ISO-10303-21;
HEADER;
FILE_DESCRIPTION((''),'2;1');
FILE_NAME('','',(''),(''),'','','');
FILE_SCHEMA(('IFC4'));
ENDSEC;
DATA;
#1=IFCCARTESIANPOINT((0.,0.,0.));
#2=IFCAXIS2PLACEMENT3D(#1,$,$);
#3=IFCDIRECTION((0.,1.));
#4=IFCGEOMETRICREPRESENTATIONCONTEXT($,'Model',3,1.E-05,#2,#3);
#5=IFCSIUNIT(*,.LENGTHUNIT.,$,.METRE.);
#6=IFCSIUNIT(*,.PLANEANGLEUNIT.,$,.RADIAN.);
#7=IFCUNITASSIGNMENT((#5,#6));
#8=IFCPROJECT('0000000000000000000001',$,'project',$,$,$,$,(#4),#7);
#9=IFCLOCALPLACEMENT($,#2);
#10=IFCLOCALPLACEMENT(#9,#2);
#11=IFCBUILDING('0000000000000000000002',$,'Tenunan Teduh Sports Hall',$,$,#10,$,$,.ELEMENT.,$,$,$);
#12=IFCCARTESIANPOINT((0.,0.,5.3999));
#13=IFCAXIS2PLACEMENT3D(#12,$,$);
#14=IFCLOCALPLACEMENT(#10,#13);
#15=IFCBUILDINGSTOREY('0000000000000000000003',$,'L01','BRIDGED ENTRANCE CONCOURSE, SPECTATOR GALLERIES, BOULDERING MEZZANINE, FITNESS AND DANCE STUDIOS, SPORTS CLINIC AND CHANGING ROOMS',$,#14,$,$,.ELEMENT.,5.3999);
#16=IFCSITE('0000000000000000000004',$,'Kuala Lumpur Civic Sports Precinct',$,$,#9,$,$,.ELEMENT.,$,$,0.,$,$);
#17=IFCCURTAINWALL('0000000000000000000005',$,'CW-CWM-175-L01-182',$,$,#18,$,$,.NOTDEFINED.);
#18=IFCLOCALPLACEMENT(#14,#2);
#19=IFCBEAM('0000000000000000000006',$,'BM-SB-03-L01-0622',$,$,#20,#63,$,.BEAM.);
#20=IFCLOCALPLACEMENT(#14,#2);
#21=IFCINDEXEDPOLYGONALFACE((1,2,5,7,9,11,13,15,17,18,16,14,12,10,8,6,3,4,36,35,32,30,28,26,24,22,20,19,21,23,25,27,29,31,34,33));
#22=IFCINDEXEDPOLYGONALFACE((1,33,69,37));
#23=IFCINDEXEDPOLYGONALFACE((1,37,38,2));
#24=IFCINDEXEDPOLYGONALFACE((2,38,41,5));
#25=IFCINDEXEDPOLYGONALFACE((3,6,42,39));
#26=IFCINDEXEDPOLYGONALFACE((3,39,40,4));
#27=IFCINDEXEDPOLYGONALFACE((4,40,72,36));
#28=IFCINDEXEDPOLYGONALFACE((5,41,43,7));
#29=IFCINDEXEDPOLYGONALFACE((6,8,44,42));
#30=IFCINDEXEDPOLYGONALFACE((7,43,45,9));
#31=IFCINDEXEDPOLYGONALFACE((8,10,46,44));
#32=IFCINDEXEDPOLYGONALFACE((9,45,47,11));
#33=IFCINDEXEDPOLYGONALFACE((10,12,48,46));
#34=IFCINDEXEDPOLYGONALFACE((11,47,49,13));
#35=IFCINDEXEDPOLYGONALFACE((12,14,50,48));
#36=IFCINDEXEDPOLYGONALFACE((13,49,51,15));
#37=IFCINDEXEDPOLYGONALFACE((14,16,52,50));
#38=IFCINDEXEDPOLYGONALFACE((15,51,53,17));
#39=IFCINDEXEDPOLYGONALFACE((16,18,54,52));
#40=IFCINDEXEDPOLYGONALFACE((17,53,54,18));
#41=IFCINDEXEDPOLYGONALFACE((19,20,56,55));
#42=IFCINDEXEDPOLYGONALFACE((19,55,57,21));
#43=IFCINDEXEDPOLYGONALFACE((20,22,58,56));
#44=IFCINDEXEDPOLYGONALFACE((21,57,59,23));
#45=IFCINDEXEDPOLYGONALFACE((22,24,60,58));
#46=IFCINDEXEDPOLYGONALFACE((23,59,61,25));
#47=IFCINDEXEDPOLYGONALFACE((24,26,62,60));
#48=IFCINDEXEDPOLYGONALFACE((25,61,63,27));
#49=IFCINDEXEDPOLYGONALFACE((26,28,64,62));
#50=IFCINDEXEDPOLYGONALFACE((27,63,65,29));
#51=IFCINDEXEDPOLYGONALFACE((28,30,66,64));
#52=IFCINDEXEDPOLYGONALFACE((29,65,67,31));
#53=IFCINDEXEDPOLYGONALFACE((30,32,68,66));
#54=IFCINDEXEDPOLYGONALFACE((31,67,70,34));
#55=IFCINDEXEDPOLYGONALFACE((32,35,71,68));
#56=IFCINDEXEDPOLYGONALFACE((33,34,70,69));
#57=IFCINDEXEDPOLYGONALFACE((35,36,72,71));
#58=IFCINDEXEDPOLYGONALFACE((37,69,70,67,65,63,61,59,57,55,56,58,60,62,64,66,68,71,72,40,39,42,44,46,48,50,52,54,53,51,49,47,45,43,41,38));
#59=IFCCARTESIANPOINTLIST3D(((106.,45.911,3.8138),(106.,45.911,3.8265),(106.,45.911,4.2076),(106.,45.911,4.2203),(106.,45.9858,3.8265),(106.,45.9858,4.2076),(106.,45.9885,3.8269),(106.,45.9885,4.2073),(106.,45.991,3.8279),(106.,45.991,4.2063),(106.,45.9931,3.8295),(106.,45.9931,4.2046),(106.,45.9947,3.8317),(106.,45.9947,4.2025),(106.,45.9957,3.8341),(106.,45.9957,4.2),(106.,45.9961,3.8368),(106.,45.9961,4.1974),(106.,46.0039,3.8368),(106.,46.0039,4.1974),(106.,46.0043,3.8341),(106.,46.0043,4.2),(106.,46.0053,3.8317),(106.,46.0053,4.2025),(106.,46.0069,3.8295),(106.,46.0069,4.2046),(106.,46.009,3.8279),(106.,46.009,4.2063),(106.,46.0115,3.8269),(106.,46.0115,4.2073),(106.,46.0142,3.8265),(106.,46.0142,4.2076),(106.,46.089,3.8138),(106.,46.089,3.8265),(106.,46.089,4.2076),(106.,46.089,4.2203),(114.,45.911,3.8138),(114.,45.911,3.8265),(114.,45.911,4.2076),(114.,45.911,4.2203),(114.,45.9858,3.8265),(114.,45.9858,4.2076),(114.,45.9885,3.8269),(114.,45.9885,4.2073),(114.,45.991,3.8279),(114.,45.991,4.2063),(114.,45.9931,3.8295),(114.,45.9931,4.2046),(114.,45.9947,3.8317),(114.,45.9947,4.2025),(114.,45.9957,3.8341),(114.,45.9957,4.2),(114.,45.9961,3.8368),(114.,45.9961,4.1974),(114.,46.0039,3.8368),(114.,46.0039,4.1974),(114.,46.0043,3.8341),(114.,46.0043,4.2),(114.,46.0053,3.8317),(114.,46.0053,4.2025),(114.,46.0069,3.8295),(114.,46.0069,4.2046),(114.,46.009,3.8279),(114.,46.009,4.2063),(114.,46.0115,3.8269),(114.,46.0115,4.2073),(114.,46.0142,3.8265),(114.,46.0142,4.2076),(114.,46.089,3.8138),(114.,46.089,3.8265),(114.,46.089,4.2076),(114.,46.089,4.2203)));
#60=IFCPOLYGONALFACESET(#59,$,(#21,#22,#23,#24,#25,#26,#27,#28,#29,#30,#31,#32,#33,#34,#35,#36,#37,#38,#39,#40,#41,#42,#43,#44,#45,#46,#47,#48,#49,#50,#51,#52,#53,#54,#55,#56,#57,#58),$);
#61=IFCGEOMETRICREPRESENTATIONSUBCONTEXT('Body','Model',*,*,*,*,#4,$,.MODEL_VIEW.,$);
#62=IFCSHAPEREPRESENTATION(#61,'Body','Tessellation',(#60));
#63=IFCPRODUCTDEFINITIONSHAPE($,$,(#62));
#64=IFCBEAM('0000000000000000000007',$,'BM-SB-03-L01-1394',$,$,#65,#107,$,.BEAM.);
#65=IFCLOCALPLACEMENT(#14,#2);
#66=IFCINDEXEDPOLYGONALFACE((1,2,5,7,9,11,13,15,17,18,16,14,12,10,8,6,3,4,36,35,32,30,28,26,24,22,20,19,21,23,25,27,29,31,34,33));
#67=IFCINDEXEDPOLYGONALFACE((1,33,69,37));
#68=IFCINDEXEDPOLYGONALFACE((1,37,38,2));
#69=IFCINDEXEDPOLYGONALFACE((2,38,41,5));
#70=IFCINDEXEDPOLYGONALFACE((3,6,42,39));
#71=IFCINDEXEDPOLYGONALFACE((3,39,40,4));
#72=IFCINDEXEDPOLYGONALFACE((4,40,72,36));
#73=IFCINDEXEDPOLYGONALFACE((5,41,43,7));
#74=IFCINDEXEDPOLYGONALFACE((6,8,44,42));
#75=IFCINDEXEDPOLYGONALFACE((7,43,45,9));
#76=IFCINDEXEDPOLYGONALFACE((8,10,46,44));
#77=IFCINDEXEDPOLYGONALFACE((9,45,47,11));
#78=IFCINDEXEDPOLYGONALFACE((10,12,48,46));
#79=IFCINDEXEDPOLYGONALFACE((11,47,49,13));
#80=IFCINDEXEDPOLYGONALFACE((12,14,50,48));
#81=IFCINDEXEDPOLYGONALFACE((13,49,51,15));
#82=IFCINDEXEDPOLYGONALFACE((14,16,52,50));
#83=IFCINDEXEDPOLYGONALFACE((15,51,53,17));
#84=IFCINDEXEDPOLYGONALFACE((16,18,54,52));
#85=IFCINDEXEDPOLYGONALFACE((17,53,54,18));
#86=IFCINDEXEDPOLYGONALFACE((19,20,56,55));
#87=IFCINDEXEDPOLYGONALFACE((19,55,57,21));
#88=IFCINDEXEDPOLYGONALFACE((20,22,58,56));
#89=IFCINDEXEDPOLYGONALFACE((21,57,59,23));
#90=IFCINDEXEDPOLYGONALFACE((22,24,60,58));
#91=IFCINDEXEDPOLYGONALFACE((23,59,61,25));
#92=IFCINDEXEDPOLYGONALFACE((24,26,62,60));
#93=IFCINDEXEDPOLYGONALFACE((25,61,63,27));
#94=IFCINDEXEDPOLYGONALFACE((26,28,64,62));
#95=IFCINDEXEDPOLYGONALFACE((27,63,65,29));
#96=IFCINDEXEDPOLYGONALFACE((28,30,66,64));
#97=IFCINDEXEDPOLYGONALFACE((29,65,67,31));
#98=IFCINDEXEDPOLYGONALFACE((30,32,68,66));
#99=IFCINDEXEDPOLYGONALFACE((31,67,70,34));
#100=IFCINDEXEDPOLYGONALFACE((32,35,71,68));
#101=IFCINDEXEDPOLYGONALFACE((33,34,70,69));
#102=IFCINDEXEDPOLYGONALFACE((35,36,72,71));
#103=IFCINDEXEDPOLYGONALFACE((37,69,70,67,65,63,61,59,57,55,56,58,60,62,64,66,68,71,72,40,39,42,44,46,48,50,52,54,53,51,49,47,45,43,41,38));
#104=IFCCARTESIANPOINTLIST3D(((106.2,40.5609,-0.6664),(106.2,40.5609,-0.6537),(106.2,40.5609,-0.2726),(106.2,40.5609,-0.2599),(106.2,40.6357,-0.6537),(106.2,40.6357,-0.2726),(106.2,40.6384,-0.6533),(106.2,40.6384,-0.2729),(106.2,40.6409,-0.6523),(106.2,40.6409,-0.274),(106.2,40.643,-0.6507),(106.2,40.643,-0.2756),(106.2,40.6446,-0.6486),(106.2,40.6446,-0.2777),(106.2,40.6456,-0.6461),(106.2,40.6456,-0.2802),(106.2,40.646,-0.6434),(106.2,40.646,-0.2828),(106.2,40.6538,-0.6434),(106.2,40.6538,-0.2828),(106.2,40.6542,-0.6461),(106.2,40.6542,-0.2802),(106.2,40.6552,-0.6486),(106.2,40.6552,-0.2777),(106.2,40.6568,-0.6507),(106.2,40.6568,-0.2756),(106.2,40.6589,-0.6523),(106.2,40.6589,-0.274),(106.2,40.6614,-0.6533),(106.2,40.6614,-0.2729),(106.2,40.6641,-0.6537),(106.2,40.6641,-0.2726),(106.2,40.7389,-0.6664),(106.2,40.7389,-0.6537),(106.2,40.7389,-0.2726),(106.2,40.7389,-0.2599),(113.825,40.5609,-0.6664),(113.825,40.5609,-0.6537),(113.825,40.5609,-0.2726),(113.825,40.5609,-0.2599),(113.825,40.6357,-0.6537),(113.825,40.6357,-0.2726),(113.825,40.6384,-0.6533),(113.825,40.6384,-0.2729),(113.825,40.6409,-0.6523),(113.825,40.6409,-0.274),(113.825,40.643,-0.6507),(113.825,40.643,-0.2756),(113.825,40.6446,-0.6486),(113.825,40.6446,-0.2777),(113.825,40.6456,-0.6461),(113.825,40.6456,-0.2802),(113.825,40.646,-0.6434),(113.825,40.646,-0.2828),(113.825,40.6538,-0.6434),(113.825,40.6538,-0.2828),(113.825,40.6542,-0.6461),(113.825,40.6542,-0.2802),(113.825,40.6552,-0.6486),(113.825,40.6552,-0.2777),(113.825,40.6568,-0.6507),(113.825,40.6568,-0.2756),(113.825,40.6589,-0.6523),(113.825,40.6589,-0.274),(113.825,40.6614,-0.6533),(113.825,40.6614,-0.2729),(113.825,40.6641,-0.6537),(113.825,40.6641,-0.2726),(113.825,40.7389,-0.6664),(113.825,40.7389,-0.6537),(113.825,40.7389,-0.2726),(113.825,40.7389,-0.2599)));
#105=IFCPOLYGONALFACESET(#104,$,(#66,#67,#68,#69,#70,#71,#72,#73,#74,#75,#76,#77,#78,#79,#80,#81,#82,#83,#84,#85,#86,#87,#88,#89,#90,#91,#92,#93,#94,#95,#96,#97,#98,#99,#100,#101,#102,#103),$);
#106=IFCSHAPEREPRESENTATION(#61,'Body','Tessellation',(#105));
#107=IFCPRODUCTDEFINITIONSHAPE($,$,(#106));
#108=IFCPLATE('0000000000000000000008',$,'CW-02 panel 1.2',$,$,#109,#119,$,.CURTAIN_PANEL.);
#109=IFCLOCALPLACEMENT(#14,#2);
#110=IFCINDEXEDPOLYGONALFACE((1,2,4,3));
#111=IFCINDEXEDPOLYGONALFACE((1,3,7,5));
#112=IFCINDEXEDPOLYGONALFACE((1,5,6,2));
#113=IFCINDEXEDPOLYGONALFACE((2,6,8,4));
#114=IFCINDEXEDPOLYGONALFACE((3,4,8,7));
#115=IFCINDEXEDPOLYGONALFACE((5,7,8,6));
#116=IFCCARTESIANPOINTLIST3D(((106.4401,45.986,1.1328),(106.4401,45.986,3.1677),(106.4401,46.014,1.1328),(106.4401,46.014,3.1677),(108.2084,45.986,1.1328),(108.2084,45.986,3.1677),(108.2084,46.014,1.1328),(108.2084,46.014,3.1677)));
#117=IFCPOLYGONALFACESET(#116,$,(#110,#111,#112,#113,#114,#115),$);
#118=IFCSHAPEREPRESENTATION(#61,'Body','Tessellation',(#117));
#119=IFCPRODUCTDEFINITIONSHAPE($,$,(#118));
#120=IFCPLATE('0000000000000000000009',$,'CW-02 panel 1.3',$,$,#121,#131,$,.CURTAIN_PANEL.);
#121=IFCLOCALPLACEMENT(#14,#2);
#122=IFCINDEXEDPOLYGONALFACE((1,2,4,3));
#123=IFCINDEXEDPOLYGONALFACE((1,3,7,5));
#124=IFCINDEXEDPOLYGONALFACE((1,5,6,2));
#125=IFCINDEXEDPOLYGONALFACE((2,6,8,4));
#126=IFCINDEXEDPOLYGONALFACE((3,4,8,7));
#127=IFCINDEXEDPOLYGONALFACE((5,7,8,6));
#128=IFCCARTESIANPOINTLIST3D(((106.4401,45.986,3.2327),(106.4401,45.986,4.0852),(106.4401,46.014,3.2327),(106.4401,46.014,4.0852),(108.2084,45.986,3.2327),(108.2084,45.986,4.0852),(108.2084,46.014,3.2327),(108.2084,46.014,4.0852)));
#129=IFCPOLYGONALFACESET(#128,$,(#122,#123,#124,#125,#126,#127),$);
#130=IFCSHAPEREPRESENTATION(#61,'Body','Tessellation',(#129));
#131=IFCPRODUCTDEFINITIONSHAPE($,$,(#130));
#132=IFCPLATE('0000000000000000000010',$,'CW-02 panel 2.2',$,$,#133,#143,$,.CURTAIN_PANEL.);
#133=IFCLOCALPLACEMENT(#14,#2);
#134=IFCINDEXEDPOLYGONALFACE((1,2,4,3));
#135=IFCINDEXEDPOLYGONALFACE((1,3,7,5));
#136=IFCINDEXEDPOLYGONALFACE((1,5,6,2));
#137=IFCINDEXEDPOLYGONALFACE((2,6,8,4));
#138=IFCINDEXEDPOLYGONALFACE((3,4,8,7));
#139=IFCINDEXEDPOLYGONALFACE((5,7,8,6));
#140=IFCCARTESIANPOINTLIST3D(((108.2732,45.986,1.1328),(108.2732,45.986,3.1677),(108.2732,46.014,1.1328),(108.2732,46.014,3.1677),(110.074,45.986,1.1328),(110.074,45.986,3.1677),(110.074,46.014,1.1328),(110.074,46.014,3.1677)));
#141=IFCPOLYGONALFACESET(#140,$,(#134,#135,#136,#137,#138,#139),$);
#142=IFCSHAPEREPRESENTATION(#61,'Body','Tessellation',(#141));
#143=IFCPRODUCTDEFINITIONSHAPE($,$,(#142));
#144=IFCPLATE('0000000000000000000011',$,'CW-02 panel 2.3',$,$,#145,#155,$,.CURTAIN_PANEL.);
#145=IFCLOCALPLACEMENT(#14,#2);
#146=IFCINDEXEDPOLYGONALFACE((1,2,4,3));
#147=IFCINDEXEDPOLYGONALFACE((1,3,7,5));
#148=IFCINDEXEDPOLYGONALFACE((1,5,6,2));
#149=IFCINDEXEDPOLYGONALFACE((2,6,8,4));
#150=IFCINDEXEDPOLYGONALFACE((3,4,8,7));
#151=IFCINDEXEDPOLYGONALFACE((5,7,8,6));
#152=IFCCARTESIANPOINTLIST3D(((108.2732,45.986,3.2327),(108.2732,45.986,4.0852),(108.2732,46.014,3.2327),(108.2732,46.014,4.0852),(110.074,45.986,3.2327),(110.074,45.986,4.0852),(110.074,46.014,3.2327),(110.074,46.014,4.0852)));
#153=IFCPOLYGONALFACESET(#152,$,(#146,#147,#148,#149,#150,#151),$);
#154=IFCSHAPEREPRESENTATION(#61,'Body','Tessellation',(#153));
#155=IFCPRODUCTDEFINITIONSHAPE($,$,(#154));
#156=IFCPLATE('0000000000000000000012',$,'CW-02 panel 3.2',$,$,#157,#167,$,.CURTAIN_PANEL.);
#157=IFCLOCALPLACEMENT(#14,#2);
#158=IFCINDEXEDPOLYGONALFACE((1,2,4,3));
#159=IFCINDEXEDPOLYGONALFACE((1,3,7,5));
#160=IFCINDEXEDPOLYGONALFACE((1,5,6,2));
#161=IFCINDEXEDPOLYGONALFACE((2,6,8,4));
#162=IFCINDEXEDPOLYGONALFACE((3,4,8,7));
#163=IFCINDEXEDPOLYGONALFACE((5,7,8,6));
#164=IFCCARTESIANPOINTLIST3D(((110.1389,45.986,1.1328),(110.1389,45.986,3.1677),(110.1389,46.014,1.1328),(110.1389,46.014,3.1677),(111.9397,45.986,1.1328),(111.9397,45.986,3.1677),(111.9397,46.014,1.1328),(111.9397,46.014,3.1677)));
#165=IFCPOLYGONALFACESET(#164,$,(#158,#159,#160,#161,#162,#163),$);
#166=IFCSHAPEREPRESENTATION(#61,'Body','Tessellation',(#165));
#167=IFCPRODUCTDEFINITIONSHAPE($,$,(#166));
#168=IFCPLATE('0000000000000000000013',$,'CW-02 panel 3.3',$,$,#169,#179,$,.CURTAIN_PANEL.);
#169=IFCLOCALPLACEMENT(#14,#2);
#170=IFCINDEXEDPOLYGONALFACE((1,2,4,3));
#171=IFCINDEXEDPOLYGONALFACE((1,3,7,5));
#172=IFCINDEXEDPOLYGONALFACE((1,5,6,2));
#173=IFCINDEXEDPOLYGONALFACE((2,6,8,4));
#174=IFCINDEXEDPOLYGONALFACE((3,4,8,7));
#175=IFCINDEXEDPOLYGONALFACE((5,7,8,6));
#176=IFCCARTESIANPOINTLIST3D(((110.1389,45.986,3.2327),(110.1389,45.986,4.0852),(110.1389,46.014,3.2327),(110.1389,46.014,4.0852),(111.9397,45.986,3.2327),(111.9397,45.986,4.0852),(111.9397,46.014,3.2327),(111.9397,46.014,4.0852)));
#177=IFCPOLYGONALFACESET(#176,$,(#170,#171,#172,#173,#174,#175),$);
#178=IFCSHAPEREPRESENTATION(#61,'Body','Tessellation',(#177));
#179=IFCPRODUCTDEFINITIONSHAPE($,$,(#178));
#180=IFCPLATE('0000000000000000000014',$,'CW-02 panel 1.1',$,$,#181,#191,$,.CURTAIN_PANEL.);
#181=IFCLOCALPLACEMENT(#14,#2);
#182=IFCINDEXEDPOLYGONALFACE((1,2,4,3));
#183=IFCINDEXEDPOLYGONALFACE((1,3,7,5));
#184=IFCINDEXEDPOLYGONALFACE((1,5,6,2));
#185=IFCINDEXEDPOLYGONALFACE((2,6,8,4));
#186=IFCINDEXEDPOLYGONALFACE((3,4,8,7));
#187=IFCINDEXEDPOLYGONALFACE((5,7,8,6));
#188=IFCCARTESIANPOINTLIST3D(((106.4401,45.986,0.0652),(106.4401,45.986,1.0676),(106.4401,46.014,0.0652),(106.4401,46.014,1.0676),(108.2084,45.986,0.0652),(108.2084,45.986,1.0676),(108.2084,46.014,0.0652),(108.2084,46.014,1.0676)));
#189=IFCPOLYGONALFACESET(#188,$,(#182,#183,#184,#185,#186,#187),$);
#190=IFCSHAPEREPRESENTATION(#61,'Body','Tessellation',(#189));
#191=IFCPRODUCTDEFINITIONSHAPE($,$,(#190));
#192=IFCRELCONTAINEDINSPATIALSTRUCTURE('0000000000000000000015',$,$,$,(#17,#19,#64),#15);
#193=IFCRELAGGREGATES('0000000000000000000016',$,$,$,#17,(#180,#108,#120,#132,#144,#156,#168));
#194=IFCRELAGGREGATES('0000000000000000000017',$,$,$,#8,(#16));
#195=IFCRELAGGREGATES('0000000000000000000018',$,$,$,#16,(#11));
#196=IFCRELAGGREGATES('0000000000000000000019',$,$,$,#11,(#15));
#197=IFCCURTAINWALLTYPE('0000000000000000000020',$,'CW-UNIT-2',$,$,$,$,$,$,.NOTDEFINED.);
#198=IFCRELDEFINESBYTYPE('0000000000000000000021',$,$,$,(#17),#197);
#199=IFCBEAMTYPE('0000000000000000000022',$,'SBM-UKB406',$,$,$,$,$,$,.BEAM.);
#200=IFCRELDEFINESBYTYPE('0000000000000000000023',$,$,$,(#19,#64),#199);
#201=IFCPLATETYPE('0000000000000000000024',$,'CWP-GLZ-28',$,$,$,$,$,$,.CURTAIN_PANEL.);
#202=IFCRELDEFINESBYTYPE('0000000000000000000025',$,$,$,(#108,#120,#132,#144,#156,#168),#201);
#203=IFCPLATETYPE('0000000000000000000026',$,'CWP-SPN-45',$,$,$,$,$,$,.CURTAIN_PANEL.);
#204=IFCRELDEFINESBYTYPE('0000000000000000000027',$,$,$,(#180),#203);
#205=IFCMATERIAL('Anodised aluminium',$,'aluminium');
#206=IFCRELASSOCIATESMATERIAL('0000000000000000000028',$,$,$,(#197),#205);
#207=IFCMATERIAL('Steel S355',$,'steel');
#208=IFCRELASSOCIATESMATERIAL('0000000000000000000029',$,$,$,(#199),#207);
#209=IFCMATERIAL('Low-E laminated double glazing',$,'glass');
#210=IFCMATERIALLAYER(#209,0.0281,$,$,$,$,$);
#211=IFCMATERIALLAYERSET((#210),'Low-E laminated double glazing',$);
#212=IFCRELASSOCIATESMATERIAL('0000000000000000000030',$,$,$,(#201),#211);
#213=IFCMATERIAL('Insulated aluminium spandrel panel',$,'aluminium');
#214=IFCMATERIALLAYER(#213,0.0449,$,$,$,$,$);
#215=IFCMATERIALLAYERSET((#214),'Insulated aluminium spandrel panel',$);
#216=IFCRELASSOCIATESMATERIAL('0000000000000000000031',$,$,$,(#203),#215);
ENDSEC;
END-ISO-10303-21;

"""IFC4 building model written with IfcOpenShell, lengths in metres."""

from ifc_helpers import new_model, si_unit, direction, frame, origin, origin_2d, place, context, subcontext, project, spatial, rectangle, i_section, extrude, material, layer, layer_set, material_profile, profile_set, type_object, element, aggregate, save


model = new_model("IFC4")

# Units and contexts
model_context = context("Model", 3, precision=1e-05, world=origin(), true_north=direction((0.0, 1.0)))
body_context = subcontext(model_context, "Body", "Model", "MODEL_VIEW")
ifc_project = project(units=[si_unit("LENGTHUNIT", "METRE"), si_unit("PLANEANGLEUNIT", "RADIAN")], contexts=[model_context])

# Site, building, storey
site_placement = place(None, origin())
site = spatial("IfcSite", under=ifc_project, at=site_placement, Name="Kuala Lumpur Civic Sports Precinct", CompositionType="ELEMENT", RefElevation=0.0)
building_placement = place(site_placement, origin())
building = spatial("IfcBuilding", under=site, at=building_placement, Name="Tenunan Teduh Sports Hall", CompositionType="ELEMENT")
storey_placement = place(building_placement, frame((0.0, 0.0, 5.3999)))
storey = spatial("IfcBuildingStorey", under=building, at=storey_placement, Name="L01", Description="BRIDGED ENTRANCE CONCOURSE, SPECTATOR GALLERIES, BOULDERING MEZZANINE, FITNESS AND DANCE STUDIOS, SPORTS CLINIC AND CHANGING ROOMS", CompositionType="ELEMENT", Elevation=5.3999)

# Curtain wall
ifc_material_1 = material(Name="Anodised aluminium", Category="aluminium")
curtain_wall_type = type_object("IfcCurtainWallType", Name="CW-UNIT-2", PredefinedType="NOTDEFINED", material=ifc_material_1)
curtain_wall_placement = place(storey_placement, origin())
curtain_wall = element("IfcCurtainWall", 1, at=curtain_wall_placement, inside=storey, type_object=curtain_wall_type, Name="CW-CWM-175-L01-182", PredefinedType="NOTDEFINED")

# Beams
ifc_material_2 = material(Name="Steel S355", Category="steel")
ifc_material_profile_1 = material_profile(ifc_material_2, i_section(OverallWidth=0.178, OverallDepth=0.4065, WebThickness=0.0078, FlangeThickness=0.0127, FilletRadius=0.0103, at=origin_2d()), Name="UKB 406x178x60")
ifc_profile_set_1 = profile_set([ifc_material_profile_1], Name="Steel S355")
beam_type_1 = type_object("IfcBeamType", Name="SBM-UKB406", PredefinedType="BEAM", material=ifc_profile_set_1)
beam_1_placement = place(storey_placement, frame((106.0, 46.0, 4.0171), z_axis=(1.0, 0.0, 0.0), x_axis=(0.0, 1.0, 0.0)))
element("IfcBeam", 2, at=beam_1_placement, inside=storey, type_object=beam_type_1, Name="BM-SB-03-L01-0622", PredefinedType="BEAM", context=body_context, shape_type="SweptSolid", body=[
    extrude(i_section(OverallWidth=0.178, OverallDepth=0.4065, WebThickness=0.0078, FlangeThickness=0.0127, FilletRadius=0.0103, at=origin_2d()), origin(), (0.0, 0.0, 1.0), 8.0),
])
beam_2_placement = place(storey_placement, frame((106.2, 40.6499, -0.4631), z_axis=(1.0, 0.0, 0.0), x_axis=(0.0, 1.0, 0.0)))
element("IfcBeam", 3, at=beam_2_placement, inside=storey, type_object=beam_type_1, Name="BM-SB-03-L01-1394", PredefinedType="BEAM", context=body_context, shape_type="SweptSolid", body=[
    extrude(i_section(OverallWidth=0.178, OverallDepth=0.4065, WebThickness=0.0078, FlangeThickness=0.0127, FilletRadius=0.0103, at=origin_2d()), origin(), (0.0, 0.0, 1.0), 7.625),
])

# Plates
ifc_material_3 = material(Name="Low-E laminated double glazing", Category="glass")
ifc_layer_1 = layer(ifc_material_3, 0.0281)
ifc_layer_set_1 = layer_set([ifc_layer_1], Name="Low-E laminated double glazing")
plate_type_1 = type_object("IfcPlateType", Name="CWP-GLZ-28", PredefinedType="CURTAIN_PANEL", material=ifc_layer_set_1)
plate_1_placement = place(storey_placement, frame((107.3242, 46.0, 1.1328), z_axis=(0.0, 0.0, 1.0), x_axis=(1.0, 0.0, 0.0)))
plate_1 = element("IfcPlate", 4, at=plate_1_placement, type_object=plate_type_1, Name="CW-02 panel 1.2", PredefinedType="CURTAIN_PANEL", context=body_context, shape_type="SweptSolid", body=[
    extrude(rectangle(XDim=1.7683, YDim=0.0281, at=origin_2d()), origin(), (0.0, 0.0, 1.0), 2.0349),
])
plate_2_placement = place(storey_placement, frame((107.3242, 46.0, 3.2327), z_axis=(0.0, 0.0, 1.0), x_axis=(1.0, 0.0, 0.0)))
plate_2 = element("IfcPlate", 5, at=plate_2_placement, type_object=plate_type_1, Name="CW-02 panel 1.3", PredefinedType="CURTAIN_PANEL", context=body_context, shape_type="SweptSolid", body=[
    extrude(rectangle(XDim=1.7683, YDim=0.0281, at=origin_2d()), origin(), (0.0, 0.0, 1.0), 0.8525),
])
plate_3_placement = place(storey_placement, frame((109.1736, 46.0, 1.1328), z_axis=(0.0, 0.0, 1.0), x_axis=(1.0, 0.0, 0.0)))
plate_3 = element("IfcPlate", 6, at=plate_3_placement, type_object=plate_type_1, Name="CW-02 panel 2.2", PredefinedType="CURTAIN_PANEL", context=body_context, shape_type="SweptSolid", body=[
    extrude(rectangle(XDim=1.8008, YDim=0.0281, at=origin_2d()), origin(), (0.0, 0.0, 1.0), 2.0349),
])
plate_4_placement = place(storey_placement, frame((109.1736, 46.0, 3.2327), z_axis=(0.0, 0.0, 1.0), x_axis=(1.0, 0.0, 0.0)))
plate_4 = element("IfcPlate", 7, at=plate_4_placement, type_object=plate_type_1, Name="CW-02 panel 2.3", PredefinedType="CURTAIN_PANEL", context=body_context, shape_type="SweptSolid", body=[
    extrude(rectangle(XDim=1.8008, YDim=0.0281, at=origin_2d()), origin(), (0.0, 0.0, 1.0), 0.8525),
])
plate_5_placement = place(storey_placement, frame((111.0393, 46.0, 1.1328), z_axis=(0.0, 0.0, 1.0), x_axis=(1.0, 0.0, 0.0)))
plate_5 = element("IfcPlate", 8, at=plate_5_placement, type_object=plate_type_1, Name="CW-02 panel 3.2", PredefinedType="CURTAIN_PANEL", context=body_context, shape_type="SweptSolid", body=[
    extrude(rectangle(XDim=1.8008, YDim=0.0281, at=origin_2d()), origin(), (0.0, 0.0, 1.0), 2.0349),
])
plate_6_placement = place(storey_placement, frame((111.0393, 46.0, 3.2327), z_axis=(0.0, 0.0, 1.0), x_axis=(1.0, 0.0, 0.0)))
plate_6 = element("IfcPlate", 9, at=plate_6_placement, type_object=plate_type_1, Name="CW-02 panel 3.3", PredefinedType="CURTAIN_PANEL", context=body_context, shape_type="SweptSolid", body=[
    extrude(rectangle(XDim=1.8008, YDim=0.0281, at=origin_2d()), origin(), (0.0, 0.0, 1.0), 0.8525),
])
ifc_material_4 = material(Name="Insulated aluminium spandrel panel", Category="aluminium")
ifc_layer_2 = layer(ifc_material_4, 0.0449)
ifc_layer_set_2 = layer_set([ifc_layer_2], Name="Insulated aluminium spandrel panel")
plate_type_2 = type_object("IfcPlateType", Name="CWP-SPN-45", PredefinedType="CURTAIN_PANEL", material=ifc_layer_set_2)
plate_7_placement = place(storey_placement, frame((107.3242, 46.0, 0.0652), z_axis=(0.0, 0.0, 1.0), x_axis=(1.0, 0.0, 0.0)))
plate_7 = element("IfcPlate", 10, at=plate_7_placement, type_object=plate_type_2, Name="CW-02 panel 1.1", PredefinedType="CURTAIN_PANEL", context=body_context, shape_type="SweptSolid", body=[
    extrude(rectangle(XDim=1.7683, YDim=0.0281, at=origin_2d()), origin(), (0.0, 0.0, 1.0), 1.0024),
])
aggregate(curtain_wall, [plate_7, plate_1, plate_2, plate_3, plate_4, plate_5, plate_6])

save(model, "model.ifc")
